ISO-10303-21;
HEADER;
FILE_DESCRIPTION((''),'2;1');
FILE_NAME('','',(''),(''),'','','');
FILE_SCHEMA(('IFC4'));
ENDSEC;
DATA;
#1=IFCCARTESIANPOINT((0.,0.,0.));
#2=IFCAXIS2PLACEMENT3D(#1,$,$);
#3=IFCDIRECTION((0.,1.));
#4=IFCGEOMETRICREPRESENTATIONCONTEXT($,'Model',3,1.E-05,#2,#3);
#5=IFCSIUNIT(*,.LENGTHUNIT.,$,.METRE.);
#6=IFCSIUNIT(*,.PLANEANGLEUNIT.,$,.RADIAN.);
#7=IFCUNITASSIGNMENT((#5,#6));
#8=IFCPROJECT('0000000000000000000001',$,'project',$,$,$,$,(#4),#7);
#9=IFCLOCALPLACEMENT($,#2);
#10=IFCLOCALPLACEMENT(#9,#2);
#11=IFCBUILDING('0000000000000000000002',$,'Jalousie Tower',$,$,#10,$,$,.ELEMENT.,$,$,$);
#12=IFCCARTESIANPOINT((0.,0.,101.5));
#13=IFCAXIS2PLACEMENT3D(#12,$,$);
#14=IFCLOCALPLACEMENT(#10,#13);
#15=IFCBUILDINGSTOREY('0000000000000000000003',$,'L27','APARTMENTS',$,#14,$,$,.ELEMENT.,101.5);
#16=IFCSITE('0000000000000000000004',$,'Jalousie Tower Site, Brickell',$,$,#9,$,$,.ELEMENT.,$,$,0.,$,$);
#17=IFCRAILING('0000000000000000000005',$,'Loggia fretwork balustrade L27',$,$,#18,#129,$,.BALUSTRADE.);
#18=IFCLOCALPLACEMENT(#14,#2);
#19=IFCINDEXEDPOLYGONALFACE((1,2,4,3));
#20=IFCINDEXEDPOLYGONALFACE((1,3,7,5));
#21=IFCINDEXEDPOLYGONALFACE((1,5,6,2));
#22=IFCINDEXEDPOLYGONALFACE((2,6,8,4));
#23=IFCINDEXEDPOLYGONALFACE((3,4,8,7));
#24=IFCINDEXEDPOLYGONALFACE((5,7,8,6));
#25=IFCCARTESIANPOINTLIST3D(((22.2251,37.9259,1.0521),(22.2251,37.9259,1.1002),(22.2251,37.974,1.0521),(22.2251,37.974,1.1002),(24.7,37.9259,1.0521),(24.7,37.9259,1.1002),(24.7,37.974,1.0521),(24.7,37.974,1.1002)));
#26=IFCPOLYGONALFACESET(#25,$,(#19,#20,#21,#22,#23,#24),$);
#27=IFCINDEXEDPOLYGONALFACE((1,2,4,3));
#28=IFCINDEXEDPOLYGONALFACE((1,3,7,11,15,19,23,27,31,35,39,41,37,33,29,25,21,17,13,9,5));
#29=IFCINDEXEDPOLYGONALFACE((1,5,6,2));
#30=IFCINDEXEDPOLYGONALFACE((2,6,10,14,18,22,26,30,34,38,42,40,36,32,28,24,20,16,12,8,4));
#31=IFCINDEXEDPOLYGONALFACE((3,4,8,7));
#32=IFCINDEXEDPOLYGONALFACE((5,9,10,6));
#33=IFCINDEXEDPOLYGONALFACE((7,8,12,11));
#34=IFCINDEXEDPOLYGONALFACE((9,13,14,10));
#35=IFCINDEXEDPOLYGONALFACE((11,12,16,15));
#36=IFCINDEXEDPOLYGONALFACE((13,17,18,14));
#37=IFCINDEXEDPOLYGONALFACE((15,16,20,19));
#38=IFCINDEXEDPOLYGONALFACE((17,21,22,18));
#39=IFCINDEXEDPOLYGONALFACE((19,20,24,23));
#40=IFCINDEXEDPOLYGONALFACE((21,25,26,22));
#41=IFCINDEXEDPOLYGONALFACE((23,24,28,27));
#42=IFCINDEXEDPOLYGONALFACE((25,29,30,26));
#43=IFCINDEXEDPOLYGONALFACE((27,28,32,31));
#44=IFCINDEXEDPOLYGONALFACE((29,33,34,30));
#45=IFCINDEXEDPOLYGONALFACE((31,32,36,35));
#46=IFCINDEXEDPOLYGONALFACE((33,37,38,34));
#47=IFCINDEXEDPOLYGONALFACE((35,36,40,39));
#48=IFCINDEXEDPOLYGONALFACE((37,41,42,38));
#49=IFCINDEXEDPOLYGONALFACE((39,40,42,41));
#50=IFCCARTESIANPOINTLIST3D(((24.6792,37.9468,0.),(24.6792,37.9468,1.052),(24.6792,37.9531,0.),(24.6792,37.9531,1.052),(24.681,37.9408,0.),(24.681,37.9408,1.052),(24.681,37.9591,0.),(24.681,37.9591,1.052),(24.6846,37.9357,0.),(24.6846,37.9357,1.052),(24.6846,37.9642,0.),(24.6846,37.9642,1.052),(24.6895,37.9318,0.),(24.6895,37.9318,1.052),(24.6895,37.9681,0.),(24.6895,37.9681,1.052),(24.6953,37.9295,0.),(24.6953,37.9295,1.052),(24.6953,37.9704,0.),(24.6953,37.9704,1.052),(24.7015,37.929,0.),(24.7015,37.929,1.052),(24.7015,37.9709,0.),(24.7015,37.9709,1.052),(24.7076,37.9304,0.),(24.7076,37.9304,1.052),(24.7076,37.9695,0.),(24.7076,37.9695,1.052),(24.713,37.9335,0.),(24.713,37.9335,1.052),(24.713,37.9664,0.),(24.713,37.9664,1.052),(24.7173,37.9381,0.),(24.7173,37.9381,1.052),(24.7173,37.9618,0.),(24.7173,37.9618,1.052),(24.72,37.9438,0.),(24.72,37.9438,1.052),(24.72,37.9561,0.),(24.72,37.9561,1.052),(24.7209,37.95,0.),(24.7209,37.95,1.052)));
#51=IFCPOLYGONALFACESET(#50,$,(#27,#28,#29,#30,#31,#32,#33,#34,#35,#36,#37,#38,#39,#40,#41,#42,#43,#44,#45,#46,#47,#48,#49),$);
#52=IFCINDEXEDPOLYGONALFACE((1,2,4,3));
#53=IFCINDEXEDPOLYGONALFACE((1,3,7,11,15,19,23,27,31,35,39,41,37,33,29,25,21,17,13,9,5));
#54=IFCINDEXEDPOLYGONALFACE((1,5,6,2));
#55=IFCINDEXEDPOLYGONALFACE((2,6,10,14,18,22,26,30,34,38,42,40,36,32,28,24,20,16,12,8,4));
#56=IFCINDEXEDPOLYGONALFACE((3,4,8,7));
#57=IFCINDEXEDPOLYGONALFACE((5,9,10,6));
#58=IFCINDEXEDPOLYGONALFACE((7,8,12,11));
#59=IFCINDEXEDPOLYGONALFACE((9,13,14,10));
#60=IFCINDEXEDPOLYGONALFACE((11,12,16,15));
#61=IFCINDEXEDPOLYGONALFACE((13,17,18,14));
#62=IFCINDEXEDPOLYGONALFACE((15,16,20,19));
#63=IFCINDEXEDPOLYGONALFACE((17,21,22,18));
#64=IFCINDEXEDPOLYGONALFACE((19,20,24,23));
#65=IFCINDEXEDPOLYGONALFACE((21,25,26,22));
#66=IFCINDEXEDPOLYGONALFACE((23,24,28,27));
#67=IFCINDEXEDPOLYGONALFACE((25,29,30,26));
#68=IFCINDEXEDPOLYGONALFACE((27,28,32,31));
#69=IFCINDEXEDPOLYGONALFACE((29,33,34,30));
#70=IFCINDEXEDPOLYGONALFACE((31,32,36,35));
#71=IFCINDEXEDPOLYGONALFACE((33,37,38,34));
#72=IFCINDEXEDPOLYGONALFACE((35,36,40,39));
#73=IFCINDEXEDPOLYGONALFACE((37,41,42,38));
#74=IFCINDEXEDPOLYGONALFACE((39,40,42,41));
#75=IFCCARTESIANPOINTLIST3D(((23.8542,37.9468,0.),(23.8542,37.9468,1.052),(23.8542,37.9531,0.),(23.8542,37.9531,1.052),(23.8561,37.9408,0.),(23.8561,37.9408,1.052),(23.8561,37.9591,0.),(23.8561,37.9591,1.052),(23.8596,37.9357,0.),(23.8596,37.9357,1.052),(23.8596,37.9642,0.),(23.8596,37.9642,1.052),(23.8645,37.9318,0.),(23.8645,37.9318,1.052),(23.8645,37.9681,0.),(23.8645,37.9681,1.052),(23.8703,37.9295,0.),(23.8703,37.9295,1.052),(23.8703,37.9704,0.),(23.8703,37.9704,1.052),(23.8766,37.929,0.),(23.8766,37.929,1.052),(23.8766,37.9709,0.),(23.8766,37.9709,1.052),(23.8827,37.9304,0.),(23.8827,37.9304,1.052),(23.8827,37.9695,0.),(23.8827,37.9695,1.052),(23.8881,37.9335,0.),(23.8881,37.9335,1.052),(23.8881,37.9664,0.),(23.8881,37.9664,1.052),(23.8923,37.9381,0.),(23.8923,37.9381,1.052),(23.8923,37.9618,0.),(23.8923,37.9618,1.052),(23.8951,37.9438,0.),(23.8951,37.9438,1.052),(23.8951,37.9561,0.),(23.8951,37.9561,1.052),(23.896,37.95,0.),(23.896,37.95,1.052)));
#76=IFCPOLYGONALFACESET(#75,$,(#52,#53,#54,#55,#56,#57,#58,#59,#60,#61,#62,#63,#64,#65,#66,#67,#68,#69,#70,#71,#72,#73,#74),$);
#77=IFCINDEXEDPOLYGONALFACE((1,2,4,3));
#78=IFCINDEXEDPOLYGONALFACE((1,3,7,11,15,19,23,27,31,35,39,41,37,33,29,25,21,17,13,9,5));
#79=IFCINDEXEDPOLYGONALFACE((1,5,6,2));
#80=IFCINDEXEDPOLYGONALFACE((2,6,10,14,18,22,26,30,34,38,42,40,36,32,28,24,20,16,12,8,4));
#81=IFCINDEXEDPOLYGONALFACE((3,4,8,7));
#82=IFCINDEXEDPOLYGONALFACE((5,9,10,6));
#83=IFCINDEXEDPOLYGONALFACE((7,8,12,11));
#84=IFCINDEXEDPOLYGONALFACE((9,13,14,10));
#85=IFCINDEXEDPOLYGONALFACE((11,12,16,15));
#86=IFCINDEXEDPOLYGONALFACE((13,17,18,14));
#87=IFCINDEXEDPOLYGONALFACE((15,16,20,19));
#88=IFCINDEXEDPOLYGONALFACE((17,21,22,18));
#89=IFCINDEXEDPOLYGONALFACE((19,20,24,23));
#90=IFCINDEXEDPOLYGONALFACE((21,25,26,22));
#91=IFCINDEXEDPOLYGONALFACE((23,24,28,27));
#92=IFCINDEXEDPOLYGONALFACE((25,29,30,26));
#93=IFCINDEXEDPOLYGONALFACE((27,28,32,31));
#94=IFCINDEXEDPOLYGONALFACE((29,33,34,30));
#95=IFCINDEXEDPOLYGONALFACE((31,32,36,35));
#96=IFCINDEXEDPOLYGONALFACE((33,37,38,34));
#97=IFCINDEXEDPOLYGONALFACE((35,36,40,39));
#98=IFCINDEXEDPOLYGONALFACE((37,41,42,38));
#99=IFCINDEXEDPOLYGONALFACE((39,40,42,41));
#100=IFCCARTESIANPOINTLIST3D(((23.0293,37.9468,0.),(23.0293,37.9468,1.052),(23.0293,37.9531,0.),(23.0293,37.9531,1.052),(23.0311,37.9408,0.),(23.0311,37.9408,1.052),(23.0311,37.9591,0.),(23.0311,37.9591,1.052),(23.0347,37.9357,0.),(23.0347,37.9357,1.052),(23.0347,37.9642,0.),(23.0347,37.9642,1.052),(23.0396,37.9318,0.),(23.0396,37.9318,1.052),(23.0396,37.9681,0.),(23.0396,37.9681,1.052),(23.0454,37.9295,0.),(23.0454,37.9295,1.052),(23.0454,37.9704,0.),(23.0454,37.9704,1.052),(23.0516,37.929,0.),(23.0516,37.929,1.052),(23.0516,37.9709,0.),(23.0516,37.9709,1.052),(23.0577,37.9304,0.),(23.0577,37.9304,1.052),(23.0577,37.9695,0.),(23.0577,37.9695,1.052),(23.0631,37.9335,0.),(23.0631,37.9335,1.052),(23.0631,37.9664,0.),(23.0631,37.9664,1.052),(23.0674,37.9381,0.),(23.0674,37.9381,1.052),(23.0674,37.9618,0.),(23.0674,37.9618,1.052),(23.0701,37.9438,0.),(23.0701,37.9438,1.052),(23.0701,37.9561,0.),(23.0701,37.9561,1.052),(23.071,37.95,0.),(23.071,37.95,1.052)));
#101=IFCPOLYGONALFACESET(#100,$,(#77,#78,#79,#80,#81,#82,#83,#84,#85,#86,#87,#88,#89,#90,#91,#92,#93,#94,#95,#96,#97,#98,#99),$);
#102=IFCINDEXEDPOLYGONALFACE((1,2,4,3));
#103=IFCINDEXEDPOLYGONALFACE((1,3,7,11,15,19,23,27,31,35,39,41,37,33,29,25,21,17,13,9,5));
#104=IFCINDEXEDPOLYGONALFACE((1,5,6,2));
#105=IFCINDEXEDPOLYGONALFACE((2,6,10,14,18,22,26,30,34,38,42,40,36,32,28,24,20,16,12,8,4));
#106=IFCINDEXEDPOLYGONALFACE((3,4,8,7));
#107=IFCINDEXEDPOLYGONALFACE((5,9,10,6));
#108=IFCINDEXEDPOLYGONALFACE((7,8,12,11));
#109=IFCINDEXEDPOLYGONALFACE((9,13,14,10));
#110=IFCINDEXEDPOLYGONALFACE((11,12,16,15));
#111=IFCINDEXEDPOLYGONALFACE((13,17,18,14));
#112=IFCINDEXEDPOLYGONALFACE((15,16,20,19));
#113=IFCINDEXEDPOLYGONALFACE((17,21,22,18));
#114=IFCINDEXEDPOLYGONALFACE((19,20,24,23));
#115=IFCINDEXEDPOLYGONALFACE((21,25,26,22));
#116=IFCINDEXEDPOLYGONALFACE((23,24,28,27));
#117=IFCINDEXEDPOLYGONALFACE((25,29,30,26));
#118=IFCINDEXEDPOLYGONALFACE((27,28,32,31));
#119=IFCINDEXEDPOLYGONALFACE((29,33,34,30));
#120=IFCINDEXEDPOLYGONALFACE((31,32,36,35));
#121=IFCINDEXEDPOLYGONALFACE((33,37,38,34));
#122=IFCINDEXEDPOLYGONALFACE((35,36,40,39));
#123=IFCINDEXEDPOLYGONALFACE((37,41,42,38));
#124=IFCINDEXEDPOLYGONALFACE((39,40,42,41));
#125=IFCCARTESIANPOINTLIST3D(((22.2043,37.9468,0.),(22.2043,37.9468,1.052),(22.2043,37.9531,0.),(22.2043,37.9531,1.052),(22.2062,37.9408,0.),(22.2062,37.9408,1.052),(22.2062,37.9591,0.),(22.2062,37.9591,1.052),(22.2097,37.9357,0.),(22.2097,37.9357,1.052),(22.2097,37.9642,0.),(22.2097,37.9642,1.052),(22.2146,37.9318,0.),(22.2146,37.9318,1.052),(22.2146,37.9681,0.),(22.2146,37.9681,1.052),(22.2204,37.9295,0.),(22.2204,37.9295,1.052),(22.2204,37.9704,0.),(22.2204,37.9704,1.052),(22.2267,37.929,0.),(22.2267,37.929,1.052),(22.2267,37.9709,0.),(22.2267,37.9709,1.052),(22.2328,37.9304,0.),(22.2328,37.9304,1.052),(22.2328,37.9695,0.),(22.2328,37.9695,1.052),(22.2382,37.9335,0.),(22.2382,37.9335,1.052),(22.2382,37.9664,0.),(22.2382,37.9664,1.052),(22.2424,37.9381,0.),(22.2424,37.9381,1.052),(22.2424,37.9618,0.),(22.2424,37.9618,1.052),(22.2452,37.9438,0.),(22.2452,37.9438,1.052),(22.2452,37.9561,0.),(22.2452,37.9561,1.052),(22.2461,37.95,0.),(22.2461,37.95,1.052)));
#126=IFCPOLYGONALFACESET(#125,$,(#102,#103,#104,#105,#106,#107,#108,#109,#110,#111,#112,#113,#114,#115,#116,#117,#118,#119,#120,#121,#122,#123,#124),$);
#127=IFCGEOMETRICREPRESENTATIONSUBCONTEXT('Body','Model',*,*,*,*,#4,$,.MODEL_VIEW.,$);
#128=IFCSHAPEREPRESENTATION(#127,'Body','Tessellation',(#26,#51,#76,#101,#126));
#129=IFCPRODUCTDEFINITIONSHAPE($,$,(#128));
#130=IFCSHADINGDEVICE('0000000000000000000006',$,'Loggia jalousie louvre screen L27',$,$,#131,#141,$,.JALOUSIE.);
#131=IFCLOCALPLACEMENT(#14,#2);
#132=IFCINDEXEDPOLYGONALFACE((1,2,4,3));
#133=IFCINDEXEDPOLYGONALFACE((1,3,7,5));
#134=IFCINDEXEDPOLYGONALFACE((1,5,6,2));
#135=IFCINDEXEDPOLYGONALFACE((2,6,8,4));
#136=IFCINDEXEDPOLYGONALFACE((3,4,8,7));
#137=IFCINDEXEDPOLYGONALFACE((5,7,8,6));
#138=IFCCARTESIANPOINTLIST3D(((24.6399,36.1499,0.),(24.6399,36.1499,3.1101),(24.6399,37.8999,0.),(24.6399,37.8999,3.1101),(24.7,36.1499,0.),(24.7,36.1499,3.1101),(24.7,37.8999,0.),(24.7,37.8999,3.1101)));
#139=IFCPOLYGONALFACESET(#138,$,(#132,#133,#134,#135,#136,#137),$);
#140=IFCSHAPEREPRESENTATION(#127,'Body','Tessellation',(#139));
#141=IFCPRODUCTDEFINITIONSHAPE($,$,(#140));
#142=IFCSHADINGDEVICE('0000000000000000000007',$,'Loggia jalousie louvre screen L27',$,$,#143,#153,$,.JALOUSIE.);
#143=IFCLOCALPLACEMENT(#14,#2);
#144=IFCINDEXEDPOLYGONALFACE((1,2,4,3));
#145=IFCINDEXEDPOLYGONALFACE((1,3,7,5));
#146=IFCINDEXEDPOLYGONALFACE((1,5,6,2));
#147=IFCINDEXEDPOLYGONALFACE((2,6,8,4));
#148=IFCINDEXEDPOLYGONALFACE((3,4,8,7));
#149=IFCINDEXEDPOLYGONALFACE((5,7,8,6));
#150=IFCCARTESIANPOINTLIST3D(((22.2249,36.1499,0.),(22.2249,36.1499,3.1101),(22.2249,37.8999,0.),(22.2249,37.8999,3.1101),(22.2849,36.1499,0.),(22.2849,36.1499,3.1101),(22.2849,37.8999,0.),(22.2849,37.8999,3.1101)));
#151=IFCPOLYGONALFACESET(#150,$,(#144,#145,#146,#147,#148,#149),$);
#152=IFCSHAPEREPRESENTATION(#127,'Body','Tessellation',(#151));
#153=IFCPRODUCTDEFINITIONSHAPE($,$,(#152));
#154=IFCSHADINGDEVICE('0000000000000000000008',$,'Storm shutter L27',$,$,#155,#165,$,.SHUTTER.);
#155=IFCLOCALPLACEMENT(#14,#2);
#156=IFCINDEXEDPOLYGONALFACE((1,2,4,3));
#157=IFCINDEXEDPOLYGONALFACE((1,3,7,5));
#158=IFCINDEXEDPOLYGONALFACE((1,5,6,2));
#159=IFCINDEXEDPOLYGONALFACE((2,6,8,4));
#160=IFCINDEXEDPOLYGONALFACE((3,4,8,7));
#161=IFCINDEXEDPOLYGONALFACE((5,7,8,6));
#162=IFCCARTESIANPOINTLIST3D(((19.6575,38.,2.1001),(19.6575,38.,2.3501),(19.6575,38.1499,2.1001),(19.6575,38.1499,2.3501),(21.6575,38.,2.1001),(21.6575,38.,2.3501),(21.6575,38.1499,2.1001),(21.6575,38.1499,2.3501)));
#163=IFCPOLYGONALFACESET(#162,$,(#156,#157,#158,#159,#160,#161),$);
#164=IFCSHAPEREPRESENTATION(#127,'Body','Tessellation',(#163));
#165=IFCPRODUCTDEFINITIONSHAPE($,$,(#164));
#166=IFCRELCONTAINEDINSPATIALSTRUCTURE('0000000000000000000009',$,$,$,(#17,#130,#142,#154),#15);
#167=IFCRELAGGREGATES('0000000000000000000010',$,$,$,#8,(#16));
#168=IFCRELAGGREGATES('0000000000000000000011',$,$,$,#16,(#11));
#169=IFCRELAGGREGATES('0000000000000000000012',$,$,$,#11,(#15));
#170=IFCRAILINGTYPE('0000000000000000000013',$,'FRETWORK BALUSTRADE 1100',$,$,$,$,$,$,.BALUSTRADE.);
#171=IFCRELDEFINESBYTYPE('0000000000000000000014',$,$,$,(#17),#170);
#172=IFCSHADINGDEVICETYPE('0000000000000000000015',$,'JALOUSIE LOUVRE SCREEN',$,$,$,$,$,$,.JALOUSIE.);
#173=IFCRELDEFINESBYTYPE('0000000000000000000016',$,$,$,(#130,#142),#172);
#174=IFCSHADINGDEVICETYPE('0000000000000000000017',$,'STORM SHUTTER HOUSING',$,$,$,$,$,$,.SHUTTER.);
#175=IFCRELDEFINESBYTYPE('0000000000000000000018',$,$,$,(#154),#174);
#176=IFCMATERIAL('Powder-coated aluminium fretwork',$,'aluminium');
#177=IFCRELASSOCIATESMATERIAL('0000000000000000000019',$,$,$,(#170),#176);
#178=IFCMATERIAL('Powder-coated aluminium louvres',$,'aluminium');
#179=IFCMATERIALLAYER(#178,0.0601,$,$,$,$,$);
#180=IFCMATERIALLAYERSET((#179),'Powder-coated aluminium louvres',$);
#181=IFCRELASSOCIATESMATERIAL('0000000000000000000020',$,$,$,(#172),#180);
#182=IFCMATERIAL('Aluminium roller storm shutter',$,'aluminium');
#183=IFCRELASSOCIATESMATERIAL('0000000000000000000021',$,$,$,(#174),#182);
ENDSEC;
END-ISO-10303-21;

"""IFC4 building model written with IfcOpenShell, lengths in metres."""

from ifc_helpers import new_model, si_unit, direction, frame, origin, origin_2d, place, context, subcontext, project, spatial, rectangle, circle, extrude, material, layer, layer_set, type_object, element, save


model = new_model("IFC4")

# Units and contexts
model_context = context("Model", 3, precision=1e-05, world=origin(), true_north=direction((0.0, 1.0)))
body_context = subcontext(model_context, "Body", "Model", "MODEL_VIEW")
ifc_project = project(units=[si_unit("LENGTHUNIT", "METRE"), si_unit("PLANEANGLEUNIT", "RADIAN")], contexts=[model_context])

# Site, building, storey
site_placement = place(None, origin())
site = spatial("IfcSite", under=ifc_project, at=site_placement, Name="Jalousie Tower Site, Brickell", CompositionType="ELEMENT", RefElevation=0.0)
building_placement = place(site_placement, origin())
building = spatial("IfcBuilding", under=site, at=building_placement, Name="Jalousie Tower", CompositionType="ELEMENT")
storey_placement = place(building_placement, frame((0.0, 0.0, 101.5)))
storey = spatial("IfcBuildingStorey", under=building, at=storey_placement, Name="L27", Description="APARTMENTS", CompositionType="ELEMENT", Elevation=101.5)

# Railing
ifc_material_1 = material(Name="Powder-coated aluminium fretwork", Category="aluminium")
railing_type = type_object("IfcRailingType", Name="FRETWORK BALUSTRADE 1100", PredefinedType="BALUSTRADE", material=ifc_material_1)
railing_placement = place(storey_placement, frame((24.7, 37.95, 0.0)))
element("IfcRailing", 1, at=railing_placement, inside=storey, type_object=railing_type, Name="Loggia fretwork balustrade L27", PredefinedType="BALUSTRADE", context=body_context, shape_type="SweptSolid", body=[
    extrude(rectangle(XDim=0.0481, YDim=0.0481, at=origin_2d()), frame((0.0, 0.0, 1.0762), z_axis=(-1.0, 0.0, 0.0), x_axis=(0.0, -1.0, 0.0)), (0.0, 0.0, 1.0), 2.4749),
    extrude(circle(Radius=0.021, at=origin_2d()), origin(), (0.0, 0.0, 1.0), 1.052),
    extrude(circle(Radius=0.021, at=origin_2d()), frame((-0.825, 0.0, 0.0)), (0.0, 0.0, 1.0), 1.052),
    extrude(circle(Radius=0.021, at=origin_2d()), frame((-1.6499, 0.0, 0.0)), (0.0, 0.0, 1.0), 1.052),
    extrude(circle(Radius=0.021, at=origin_2d()), frame((-2.4749, 0.0, 0.0)), (0.0, 0.0, 1.0), 1.052),
])

# Shading devices
ifc_material_2 = material(Name="Powder-coated aluminium louvres", Category="aluminium")
ifc_layer_1 = layer(ifc_material_2, 0.0601)
ifc_layer_set_1 = layer_set([ifc_layer_1], Name="Powder-coated aluminium louvres")
shading_device_type_1 = type_object("IfcShadingDeviceType", Name="JALOUSIE LOUVRE SCREEN", PredefinedType="JALOUSIE", material=ifc_layer_set_1)
for number, where, z_axis, x_axis, name in (
    (2, (24.6699, 37.0249, 0.0), (0.0, 0.0, 1.0), (-1.0, 0.0, 0.0), "Loggia jalousie louvre screen L27"),
    (3, (22.2549, 37.0249, 0.0), (0.0, 0.0, 1.0), (-1.0, 0.0, 0.0), "Loggia jalousie louvre screen L27"),
):
    element("IfcShadingDevice", number, at=place(storey_placement, frame(where, z_axis=z_axis, x_axis=x_axis)), inside=storey, type_object=shading_device_type_1, Name=name, PredefinedType="JALOUSIE", context=body_context, shape_type="SweptSolid", body=[
        extrude(rectangle(XDim=0.0601, YDim=1.75, at=origin_2d()), origin(), (0.0, 0.0, 1.0), 3.1101),
    ])
ifc_material_3 = material(Name="Aluminium roller storm shutter", Category="aluminium")
shading_device_type_2 = type_object("IfcShadingDeviceType", Name="STORM SHUTTER HOUSING", PredefinedType="SHUTTER", material=ifc_material_3)
shading_device_placement = place(storey_placement, frame((20.6575, 38.075, 2.1001), z_axis=(0.0, 0.0, 1.0), x_axis=(-1.0, 0.0, 0.0)))
element("IfcShadingDevice", 4, at=shading_device_placement, inside=storey, type_object=shading_device_type_2, Name="Storm shutter L27", PredefinedType="SHUTTER", context=body_context, shape_type="SweptSolid", body=[
    extrude(rectangle(XDim=2.0, YDim=0.1499, at=origin_2d()), origin(), (0.0, 0.0, 1.0), 0.25),
])

save(model, "model.ifc")
